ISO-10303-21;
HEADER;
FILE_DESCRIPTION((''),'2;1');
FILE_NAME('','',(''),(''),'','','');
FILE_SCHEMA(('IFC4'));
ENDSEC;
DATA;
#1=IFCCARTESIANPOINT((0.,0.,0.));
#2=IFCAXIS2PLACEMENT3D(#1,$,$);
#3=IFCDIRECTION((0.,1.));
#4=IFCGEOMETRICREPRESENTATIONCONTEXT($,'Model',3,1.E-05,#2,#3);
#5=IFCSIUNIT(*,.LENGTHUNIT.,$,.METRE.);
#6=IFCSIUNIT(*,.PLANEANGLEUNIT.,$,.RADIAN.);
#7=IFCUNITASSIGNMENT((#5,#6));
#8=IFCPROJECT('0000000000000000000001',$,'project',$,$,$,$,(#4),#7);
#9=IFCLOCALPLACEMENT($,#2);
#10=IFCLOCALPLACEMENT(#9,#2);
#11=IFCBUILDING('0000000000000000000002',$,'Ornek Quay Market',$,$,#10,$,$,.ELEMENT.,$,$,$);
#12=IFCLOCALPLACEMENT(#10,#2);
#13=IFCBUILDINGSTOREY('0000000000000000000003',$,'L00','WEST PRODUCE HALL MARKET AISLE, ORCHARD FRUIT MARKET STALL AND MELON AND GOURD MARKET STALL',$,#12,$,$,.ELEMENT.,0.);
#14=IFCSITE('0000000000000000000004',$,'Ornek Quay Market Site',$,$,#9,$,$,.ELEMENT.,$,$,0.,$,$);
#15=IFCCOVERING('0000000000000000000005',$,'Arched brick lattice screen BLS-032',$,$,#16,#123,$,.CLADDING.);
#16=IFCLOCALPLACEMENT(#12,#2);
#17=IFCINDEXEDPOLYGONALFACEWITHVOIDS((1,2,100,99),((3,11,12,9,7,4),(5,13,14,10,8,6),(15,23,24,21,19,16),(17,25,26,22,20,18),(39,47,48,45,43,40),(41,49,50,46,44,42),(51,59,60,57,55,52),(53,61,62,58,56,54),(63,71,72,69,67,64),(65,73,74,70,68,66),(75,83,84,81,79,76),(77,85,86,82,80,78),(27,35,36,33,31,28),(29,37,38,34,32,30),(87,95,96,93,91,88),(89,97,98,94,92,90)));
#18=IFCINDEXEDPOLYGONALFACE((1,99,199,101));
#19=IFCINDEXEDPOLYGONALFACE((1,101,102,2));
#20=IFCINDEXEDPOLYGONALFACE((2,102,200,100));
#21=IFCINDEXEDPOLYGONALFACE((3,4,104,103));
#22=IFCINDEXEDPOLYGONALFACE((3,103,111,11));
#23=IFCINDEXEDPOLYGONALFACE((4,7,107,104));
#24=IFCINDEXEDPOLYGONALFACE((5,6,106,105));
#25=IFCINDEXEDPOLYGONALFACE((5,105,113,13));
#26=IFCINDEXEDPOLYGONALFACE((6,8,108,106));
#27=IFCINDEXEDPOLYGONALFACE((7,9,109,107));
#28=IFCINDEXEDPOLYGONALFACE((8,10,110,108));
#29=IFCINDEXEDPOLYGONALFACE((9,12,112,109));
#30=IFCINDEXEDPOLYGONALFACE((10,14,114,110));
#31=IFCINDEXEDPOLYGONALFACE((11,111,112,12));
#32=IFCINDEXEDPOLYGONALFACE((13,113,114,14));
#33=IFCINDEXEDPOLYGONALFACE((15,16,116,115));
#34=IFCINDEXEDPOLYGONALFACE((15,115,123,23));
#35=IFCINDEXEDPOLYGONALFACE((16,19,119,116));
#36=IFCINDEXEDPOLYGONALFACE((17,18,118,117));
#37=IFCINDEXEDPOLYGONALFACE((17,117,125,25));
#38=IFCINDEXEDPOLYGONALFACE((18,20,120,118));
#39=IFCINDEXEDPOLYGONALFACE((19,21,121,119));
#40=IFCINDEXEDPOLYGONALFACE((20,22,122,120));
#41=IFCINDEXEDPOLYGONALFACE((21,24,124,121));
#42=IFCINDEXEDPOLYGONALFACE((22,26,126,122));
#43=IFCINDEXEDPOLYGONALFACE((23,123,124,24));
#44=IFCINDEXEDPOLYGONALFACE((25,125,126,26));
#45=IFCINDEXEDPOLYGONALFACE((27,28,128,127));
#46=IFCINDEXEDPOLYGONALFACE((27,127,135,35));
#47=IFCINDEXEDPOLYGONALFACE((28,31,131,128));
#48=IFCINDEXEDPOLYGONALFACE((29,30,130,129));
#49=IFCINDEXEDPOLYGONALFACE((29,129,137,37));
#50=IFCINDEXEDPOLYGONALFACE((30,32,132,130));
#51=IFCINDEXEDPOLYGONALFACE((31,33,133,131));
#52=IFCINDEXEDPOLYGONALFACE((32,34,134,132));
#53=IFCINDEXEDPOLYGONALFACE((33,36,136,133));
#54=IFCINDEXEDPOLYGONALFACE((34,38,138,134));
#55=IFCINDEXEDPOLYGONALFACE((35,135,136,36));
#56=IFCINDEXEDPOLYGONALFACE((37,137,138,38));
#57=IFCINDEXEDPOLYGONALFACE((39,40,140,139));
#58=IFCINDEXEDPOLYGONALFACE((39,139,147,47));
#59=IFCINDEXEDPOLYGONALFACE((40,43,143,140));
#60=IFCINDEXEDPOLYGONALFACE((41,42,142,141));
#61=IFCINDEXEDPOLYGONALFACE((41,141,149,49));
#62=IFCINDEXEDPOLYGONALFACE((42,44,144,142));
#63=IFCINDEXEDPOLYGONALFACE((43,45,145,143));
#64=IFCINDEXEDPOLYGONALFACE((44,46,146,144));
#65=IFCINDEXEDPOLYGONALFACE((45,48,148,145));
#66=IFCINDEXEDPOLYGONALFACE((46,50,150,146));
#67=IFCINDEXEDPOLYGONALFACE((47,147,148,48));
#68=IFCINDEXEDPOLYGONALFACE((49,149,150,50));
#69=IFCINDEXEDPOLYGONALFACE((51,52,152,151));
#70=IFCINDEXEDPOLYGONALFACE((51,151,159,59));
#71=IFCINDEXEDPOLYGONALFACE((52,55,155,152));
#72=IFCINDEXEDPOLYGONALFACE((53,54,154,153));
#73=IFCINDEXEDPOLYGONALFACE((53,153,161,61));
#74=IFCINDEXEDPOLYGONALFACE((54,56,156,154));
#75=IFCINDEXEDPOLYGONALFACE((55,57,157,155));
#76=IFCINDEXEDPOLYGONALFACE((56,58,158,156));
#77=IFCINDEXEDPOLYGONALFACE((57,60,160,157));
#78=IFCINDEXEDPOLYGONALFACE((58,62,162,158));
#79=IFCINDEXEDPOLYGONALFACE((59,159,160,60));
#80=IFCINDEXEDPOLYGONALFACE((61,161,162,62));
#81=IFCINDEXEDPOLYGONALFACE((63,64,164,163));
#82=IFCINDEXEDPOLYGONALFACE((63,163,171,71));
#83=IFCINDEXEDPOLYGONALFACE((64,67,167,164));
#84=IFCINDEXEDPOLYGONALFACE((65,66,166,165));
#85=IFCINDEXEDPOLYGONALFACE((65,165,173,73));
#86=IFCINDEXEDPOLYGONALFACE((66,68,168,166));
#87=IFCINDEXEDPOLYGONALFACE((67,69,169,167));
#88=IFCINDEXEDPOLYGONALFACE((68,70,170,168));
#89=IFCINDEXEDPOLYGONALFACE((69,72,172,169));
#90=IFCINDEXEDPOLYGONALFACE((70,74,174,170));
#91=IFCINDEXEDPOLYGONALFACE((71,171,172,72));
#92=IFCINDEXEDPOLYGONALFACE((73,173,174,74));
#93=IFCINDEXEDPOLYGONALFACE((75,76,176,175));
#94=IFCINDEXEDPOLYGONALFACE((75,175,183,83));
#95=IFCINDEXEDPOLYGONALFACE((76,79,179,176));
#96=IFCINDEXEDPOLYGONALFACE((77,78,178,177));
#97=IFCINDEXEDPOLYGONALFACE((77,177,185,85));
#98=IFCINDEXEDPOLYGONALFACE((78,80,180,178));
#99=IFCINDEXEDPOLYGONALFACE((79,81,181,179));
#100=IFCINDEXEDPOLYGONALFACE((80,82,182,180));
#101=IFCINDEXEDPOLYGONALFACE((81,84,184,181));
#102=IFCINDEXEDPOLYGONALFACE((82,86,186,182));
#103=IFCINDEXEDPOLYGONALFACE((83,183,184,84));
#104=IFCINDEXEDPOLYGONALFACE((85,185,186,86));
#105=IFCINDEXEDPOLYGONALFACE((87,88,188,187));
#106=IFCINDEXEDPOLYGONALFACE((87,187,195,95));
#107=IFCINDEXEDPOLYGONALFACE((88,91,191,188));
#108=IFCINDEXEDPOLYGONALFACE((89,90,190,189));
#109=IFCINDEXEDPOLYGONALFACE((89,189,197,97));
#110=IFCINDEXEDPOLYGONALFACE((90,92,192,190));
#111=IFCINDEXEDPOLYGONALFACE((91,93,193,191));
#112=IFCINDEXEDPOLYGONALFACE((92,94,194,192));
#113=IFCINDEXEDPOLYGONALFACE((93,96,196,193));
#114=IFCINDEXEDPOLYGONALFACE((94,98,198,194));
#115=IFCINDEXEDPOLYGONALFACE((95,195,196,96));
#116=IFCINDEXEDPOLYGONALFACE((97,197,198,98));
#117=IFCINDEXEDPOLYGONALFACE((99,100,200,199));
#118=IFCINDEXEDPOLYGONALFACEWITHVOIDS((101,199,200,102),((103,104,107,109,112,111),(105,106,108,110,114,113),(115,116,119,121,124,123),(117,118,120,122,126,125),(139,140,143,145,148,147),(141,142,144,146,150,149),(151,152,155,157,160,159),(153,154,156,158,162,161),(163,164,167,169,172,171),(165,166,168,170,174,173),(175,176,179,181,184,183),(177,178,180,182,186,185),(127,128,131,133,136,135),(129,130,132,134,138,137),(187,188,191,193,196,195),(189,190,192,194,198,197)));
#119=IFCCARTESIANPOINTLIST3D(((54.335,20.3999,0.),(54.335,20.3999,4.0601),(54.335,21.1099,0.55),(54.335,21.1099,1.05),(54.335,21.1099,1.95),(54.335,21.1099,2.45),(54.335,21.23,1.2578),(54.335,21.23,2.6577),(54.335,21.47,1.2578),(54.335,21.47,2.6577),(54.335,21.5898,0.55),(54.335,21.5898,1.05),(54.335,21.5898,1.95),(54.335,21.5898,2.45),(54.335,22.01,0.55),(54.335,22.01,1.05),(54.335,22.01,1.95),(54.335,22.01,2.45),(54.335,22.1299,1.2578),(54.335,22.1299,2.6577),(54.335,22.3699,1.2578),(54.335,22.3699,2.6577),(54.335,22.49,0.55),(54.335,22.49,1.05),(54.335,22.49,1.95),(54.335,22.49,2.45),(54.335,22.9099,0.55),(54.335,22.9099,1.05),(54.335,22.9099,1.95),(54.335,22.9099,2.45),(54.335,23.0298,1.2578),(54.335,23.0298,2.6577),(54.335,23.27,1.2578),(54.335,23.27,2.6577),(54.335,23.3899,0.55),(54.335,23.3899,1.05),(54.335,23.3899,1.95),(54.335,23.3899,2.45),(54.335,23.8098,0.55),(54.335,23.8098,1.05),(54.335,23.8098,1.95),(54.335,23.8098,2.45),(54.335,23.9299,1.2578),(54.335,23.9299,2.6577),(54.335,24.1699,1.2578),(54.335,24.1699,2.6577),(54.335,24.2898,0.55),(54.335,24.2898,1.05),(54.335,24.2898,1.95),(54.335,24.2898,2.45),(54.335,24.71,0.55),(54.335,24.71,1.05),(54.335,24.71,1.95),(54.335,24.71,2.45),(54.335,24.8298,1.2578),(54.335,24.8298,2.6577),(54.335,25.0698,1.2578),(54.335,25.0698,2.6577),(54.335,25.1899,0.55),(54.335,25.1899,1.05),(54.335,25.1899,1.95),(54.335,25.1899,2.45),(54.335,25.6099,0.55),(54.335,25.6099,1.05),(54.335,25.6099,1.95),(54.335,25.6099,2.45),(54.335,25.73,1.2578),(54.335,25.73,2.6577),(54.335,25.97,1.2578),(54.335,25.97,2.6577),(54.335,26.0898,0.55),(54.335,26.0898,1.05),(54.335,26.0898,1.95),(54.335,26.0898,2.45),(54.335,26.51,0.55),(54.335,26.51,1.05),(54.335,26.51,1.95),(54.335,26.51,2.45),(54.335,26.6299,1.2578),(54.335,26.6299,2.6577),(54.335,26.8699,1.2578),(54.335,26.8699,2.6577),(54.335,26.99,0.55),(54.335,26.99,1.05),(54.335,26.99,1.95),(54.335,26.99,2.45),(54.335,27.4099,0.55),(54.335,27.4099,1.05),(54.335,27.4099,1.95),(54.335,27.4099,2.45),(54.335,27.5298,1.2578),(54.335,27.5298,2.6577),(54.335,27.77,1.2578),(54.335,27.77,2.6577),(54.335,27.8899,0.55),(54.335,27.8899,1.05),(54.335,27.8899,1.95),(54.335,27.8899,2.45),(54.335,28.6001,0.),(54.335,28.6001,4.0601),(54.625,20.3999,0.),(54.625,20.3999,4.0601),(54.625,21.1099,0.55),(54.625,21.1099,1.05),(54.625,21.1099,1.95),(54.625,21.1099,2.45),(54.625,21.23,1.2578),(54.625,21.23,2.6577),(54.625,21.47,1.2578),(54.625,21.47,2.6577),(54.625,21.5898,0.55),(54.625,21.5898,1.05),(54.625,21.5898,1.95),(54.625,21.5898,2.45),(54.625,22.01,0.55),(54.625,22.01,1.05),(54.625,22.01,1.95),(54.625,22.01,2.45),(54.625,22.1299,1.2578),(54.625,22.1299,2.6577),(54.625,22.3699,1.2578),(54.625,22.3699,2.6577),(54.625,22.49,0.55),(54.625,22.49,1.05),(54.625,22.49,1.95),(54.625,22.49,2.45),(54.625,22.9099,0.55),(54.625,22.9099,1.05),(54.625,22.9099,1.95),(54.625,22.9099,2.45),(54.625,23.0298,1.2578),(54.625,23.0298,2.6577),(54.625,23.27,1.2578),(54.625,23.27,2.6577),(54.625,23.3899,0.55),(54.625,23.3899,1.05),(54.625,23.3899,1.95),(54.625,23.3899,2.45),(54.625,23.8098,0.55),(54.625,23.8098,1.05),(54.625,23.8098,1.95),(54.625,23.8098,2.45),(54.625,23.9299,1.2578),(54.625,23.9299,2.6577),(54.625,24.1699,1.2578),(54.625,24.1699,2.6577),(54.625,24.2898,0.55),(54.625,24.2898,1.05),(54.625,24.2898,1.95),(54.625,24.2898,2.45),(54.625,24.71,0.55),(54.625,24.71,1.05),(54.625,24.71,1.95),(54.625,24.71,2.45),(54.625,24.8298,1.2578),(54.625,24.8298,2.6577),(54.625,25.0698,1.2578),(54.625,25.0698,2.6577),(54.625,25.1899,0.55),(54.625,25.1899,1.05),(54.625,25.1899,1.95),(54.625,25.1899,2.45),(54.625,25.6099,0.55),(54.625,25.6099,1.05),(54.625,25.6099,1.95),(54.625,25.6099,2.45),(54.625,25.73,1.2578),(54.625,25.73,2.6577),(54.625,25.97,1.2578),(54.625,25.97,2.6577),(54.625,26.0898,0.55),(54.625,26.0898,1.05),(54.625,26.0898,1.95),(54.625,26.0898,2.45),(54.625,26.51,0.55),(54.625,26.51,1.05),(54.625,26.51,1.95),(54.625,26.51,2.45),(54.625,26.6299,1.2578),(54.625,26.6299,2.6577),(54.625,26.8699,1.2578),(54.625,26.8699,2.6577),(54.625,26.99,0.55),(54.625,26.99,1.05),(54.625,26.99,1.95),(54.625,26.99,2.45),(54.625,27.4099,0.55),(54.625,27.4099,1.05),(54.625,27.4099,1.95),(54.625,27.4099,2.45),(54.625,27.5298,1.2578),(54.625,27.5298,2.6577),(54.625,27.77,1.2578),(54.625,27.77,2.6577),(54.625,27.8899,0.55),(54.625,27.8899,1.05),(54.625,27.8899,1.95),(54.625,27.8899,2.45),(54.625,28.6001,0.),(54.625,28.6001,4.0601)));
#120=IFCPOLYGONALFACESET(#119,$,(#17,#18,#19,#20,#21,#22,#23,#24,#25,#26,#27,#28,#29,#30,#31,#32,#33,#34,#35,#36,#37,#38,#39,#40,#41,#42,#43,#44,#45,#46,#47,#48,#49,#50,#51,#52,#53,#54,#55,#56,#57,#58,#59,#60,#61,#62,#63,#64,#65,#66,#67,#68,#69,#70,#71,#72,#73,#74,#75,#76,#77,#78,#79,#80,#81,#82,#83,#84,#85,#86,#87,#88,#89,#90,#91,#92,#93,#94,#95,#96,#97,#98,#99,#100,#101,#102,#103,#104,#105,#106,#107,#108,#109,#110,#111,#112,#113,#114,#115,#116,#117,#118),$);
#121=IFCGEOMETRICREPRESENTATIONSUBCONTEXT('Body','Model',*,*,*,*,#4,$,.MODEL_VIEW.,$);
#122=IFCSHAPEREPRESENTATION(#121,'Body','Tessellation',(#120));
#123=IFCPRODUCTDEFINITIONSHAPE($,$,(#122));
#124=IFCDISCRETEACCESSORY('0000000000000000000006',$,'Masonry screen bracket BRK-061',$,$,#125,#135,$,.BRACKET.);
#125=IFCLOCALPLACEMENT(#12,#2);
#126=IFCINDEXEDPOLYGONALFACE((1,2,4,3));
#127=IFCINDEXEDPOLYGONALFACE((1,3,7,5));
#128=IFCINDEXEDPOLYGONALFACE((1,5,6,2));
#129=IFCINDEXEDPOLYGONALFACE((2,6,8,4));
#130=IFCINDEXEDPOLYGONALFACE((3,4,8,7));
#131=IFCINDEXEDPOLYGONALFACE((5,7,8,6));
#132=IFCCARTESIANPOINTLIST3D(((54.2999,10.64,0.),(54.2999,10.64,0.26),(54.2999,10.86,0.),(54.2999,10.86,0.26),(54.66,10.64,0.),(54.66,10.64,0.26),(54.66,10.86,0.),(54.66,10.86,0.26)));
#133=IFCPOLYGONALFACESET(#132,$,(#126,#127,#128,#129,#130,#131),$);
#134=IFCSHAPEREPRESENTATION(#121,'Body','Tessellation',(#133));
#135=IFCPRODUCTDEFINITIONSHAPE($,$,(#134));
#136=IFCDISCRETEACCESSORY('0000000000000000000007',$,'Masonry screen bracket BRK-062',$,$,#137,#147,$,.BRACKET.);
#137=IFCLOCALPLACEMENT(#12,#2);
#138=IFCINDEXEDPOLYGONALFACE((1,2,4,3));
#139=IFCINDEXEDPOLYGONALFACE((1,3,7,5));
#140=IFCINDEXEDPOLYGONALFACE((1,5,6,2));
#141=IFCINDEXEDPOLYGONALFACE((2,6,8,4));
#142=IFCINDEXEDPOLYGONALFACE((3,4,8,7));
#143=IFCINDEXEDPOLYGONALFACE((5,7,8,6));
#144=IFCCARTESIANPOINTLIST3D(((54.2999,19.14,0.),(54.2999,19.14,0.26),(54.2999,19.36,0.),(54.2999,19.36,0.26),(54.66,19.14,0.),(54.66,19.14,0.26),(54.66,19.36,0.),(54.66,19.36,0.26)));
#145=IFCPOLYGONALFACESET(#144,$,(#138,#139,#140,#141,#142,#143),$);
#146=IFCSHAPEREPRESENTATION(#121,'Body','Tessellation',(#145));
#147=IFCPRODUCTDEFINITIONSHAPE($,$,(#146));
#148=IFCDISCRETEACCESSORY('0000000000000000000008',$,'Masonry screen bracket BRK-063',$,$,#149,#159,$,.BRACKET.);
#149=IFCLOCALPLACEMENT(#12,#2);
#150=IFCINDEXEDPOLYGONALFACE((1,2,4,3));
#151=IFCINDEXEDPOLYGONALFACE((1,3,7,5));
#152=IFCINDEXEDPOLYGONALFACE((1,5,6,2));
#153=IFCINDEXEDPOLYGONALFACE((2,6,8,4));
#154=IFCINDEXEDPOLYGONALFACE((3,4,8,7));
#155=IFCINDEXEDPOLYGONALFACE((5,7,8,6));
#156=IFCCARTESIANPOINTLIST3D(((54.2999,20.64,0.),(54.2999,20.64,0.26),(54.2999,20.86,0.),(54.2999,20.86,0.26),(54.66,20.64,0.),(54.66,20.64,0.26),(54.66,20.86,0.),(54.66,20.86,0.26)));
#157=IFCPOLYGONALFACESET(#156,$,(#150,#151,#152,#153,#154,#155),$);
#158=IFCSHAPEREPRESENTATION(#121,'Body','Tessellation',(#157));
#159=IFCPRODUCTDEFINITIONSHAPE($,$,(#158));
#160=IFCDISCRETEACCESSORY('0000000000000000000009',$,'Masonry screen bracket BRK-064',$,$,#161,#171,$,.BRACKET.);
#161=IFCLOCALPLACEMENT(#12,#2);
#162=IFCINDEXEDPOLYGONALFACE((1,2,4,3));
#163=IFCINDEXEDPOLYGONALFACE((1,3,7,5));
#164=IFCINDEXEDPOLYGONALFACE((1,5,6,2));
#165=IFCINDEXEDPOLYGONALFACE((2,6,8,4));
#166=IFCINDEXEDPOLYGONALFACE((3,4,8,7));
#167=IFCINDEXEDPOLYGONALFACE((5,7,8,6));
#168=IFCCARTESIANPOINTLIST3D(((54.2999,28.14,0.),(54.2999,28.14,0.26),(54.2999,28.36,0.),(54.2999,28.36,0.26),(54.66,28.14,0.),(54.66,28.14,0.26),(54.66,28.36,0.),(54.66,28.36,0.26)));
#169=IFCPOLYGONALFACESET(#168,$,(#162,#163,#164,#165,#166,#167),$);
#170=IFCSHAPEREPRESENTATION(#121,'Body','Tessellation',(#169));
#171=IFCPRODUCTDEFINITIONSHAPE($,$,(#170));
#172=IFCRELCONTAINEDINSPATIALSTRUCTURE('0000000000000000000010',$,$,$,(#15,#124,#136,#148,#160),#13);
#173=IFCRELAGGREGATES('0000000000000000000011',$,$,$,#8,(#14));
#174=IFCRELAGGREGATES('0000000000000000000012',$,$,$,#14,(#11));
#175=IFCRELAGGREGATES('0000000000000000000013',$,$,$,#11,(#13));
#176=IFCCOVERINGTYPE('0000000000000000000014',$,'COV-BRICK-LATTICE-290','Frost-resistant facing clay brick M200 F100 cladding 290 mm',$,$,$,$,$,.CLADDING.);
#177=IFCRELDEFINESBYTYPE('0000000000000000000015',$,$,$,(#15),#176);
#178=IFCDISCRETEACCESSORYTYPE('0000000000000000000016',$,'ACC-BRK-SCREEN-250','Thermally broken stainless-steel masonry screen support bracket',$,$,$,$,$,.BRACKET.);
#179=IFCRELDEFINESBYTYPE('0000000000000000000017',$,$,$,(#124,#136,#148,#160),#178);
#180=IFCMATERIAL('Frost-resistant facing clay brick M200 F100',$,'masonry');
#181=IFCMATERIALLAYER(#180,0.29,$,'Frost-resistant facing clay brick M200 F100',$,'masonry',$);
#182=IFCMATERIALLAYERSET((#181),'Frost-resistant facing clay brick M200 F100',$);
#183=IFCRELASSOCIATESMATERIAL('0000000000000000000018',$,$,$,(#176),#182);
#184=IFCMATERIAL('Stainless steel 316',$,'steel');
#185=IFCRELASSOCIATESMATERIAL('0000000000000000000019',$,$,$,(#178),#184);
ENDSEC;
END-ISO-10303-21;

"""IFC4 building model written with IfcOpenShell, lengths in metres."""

from ifc_helpers import new_model, si_unit, direction, frame, origin, origin_2d, place, context, subcontext, project, spatial, polyline, rectangle, outline, extrude, material, layer, layer_set, type_object, element, save


model = new_model("IFC4")

# Units and contexts
model_context = context("Model", 3, precision=1e-05, world=origin(), true_north=direction((0.0, 1.0)))
body_context = subcontext(model_context, "Body", "Model", "MODEL_VIEW")
ifc_project = project(units=[si_unit("LENGTHUNIT", "METRE"), si_unit("PLANEANGLEUNIT", "RADIAN")], contexts=[model_context])

# Site, building, storey
site_placement = place(None, origin())
site = spatial("IfcSite", under=ifc_project, at=site_placement, Name="Ornek Quay Market Site", CompositionType="ELEMENT", RefElevation=0.0)
building_placement = place(site_placement, origin())
building = spatial("IfcBuilding", under=site, at=building_placement, Name="Ornek Quay Market", CompositionType="ELEMENT")
storey_placement = place(building_placement, origin())
storey = spatial("IfcBuildingStorey", under=building, at=storey_placement, Name="L00", Description="WEST PRODUCE HALL MARKET AISLE, ORCHARD FRUIT MARKET STALL AND MELON AND GOURD MARKET STALL", CompositionType="ELEMENT", Elevation=0.0)

# Covering
ifc_material_1 = material(Name="Frost-resistant facing clay brick M200 F100", Category="masonry")
ifc_layer_1 = layer(ifc_material_1, 0.29, Name="Frost-resistant facing clay brick M200 F100", Category="masonry")
ifc_layer_set_1 = layer_set([ifc_layer_1], Name="Frost-resistant facing clay brick M200 F100")
covering_type = type_object("IfcCoveringType", Name="COV-BRICK-LATTICE-290", Description="Frost-resistant facing clay brick M200 F100 cladding 290 mm", PredefinedType="CLADDING", material=ifc_layer_set_1)
covering_1_placement = place(storey_placement, frame((54.48, 20.3999, 0.0), z_axis=(0.0, 0.0, 1.0), x_axis=(0.0, 1.0, 0.0)))
element("IfcCovering", 1, at=covering_1_placement, inside=storey, type_object=covering_type, Name="Arched brick lattice screen BLS-032", PredefinedType="CLADDING", context=body_context, shape_type="SweptSolid", body=[
    extrude(outline(polyline([(0.0, 0.0), (8.2002, 0.0), (8.2002, 4.0601), (0.0, 4.0601), (0.0, 0.0)]), holes=[polyline([(0.71, 0.55), (1.1899, 0.55), (1.1899, 1.05), (1.0701, 1.2578), (0.8301, 1.2578), (0.71, 1.05), (0.71, 0.55)]), polyline([(0.71, 1.95), (1.1899, 1.95), (1.1899, 2.45), (1.0701, 2.6577), (0.8301, 2.6577), (0.71, 2.45), (0.71, 1.95)]), polyline([(1.6101, 0.55), (2.0901, 0.55), (2.0901, 1.05), (1.97, 1.2578), (1.73, 1.2578), (1.6101, 1.05), (1.6101, 0.55)]), polyline([(1.6101, 1.95), (2.0901, 1.95), (2.0901, 2.45), (1.97, 2.6577), (1.73, 2.6577), (1.6101, 2.45), (1.6101, 1.95)]), polyline([(2.51, 0.55), (2.99, 0.55), (2.99, 1.05), (2.8701, 1.2578), (2.6299, 1.2578), (2.51, 1.05), (2.51, 0.55)]), polyline([(2.51, 1.95), (2.99, 1.95), (2.99, 2.45), (2.8701, 2.6577), (2.6299, 2.6577), (2.51, 2.45), (2.51, 1.95)]), polyline([(3.4099, 0.55), (3.8899, 0.55), (3.8899, 1.05), (3.77, 1.2578), (3.53, 1.2578), (3.4099, 1.05), (3.4099, 0.55)]), polyline([(3.4099, 1.95), (3.8899, 1.95), (3.8899, 2.45), (3.77, 2.6577), (3.53, 2.6577), (3.4099, 2.45), (3.4099, 1.95)]), polyline([(4.3101, 0.55), (4.79, 0.55), (4.79, 1.05), (4.6699, 1.2578), (4.4299, 1.2578), (4.3101, 1.05), (4.3101, 0.55)]), polyline([(4.3101, 1.95), (4.79, 1.95), (4.79, 2.45), (4.6699, 2.6577), (4.4299, 2.6577), (4.3101, 2.45), (4.3101, 1.95)]), polyline([(5.21, 0.55), (5.6899, 0.55), (5.6899, 1.05), (5.5701, 1.2578), (5.3301, 1.2578), (5.21, 1.05), (5.21, 0.55)]), polyline([(5.21, 1.95), (5.6899, 1.95), (5.6899, 2.45), (5.5701, 2.6577), (5.3301, 2.6577), (5.21, 2.45), (5.21, 1.95)]), polyline([(6.1101, 0.55), (6.5901, 0.55), (6.5901, 1.05), (6.47, 1.2578), (6.23, 1.2578), (6.1101, 1.05), (6.1101, 0.55)]), polyline([(6.1101, 1.95), (6.5901, 1.95), (6.5901, 2.45), (6.47, 2.6577), (6.23, 2.6577), (6.1101, 2.45), (6.1101, 1.95)]), polyline([(7.01, 0.55), (7.49, 0.55), (7.49, 1.05), (7.3701, 1.2578), (7.1299, 1.2578), (7.01, 1.05), (7.01, 0.55)]), polyline([(7.01, 1.95), (7.49, 1.95), (7.49, 2.45), (7.3701, 2.6577), (7.1299, 2.6577), (7.01, 2.45), (7.01, 1.95)])]), frame((0.0, 0.145, 0.0), z_axis=(0.0, -1.0, 0.0), x_axis=(1.0, 0.0, 0.0)), (0.0, 0.0, 1.0), 0.29),
])

# Discrete accessories
ifc_material_2 = material(Name="Stainless steel 316", Category="steel")
discrete_accessory_type = type_object("IfcDiscreteAccessoryType", Name="ACC-BRK-SCREEN-250", Description="Thermally broken stainless-steel masonry screen support bracket", PredefinedType="BRACKET", material=ifc_material_2)
for number, where, z_axis, x_axis, name in (
    (2, (54.48, 10.75, 0.0), (0.0, 0.0, 1.0), (0.0, 1.0, 0.0), "Masonry screen bracket BRK-061"),
    (3, (54.48, 19.25, 0.0), (0.0, 0.0, 1.0), (0.0, 1.0, 0.0), "Masonry screen bracket BRK-062"),
    (4, (54.48, 20.75, 0.0), (0.0, 0.0, 1.0), (0.0, 1.0, 0.0), "Masonry screen bracket BRK-063"),
    (5, (54.48, 28.25, 0.0), (0.0, 0.0, 1.0), (0.0, 1.0, 0.0), "Masonry screen bracket BRK-064"),
):
    element("IfcDiscreteAccessory", number, at=place(storey_placement, frame(where, z_axis=z_axis, x_axis=x_axis)), inside=storey, type_object=discrete_accessory_type, Name=name, PredefinedType="BRACKET", context=body_context, shape_type="SweptSolid", body=[
        extrude(rectangle(XDim=0.22, YDim=0.3601, at=origin_2d()), origin(), (0.0, 0.0, 1.0), 0.26),
    ])

save(model, "model.ifc")
